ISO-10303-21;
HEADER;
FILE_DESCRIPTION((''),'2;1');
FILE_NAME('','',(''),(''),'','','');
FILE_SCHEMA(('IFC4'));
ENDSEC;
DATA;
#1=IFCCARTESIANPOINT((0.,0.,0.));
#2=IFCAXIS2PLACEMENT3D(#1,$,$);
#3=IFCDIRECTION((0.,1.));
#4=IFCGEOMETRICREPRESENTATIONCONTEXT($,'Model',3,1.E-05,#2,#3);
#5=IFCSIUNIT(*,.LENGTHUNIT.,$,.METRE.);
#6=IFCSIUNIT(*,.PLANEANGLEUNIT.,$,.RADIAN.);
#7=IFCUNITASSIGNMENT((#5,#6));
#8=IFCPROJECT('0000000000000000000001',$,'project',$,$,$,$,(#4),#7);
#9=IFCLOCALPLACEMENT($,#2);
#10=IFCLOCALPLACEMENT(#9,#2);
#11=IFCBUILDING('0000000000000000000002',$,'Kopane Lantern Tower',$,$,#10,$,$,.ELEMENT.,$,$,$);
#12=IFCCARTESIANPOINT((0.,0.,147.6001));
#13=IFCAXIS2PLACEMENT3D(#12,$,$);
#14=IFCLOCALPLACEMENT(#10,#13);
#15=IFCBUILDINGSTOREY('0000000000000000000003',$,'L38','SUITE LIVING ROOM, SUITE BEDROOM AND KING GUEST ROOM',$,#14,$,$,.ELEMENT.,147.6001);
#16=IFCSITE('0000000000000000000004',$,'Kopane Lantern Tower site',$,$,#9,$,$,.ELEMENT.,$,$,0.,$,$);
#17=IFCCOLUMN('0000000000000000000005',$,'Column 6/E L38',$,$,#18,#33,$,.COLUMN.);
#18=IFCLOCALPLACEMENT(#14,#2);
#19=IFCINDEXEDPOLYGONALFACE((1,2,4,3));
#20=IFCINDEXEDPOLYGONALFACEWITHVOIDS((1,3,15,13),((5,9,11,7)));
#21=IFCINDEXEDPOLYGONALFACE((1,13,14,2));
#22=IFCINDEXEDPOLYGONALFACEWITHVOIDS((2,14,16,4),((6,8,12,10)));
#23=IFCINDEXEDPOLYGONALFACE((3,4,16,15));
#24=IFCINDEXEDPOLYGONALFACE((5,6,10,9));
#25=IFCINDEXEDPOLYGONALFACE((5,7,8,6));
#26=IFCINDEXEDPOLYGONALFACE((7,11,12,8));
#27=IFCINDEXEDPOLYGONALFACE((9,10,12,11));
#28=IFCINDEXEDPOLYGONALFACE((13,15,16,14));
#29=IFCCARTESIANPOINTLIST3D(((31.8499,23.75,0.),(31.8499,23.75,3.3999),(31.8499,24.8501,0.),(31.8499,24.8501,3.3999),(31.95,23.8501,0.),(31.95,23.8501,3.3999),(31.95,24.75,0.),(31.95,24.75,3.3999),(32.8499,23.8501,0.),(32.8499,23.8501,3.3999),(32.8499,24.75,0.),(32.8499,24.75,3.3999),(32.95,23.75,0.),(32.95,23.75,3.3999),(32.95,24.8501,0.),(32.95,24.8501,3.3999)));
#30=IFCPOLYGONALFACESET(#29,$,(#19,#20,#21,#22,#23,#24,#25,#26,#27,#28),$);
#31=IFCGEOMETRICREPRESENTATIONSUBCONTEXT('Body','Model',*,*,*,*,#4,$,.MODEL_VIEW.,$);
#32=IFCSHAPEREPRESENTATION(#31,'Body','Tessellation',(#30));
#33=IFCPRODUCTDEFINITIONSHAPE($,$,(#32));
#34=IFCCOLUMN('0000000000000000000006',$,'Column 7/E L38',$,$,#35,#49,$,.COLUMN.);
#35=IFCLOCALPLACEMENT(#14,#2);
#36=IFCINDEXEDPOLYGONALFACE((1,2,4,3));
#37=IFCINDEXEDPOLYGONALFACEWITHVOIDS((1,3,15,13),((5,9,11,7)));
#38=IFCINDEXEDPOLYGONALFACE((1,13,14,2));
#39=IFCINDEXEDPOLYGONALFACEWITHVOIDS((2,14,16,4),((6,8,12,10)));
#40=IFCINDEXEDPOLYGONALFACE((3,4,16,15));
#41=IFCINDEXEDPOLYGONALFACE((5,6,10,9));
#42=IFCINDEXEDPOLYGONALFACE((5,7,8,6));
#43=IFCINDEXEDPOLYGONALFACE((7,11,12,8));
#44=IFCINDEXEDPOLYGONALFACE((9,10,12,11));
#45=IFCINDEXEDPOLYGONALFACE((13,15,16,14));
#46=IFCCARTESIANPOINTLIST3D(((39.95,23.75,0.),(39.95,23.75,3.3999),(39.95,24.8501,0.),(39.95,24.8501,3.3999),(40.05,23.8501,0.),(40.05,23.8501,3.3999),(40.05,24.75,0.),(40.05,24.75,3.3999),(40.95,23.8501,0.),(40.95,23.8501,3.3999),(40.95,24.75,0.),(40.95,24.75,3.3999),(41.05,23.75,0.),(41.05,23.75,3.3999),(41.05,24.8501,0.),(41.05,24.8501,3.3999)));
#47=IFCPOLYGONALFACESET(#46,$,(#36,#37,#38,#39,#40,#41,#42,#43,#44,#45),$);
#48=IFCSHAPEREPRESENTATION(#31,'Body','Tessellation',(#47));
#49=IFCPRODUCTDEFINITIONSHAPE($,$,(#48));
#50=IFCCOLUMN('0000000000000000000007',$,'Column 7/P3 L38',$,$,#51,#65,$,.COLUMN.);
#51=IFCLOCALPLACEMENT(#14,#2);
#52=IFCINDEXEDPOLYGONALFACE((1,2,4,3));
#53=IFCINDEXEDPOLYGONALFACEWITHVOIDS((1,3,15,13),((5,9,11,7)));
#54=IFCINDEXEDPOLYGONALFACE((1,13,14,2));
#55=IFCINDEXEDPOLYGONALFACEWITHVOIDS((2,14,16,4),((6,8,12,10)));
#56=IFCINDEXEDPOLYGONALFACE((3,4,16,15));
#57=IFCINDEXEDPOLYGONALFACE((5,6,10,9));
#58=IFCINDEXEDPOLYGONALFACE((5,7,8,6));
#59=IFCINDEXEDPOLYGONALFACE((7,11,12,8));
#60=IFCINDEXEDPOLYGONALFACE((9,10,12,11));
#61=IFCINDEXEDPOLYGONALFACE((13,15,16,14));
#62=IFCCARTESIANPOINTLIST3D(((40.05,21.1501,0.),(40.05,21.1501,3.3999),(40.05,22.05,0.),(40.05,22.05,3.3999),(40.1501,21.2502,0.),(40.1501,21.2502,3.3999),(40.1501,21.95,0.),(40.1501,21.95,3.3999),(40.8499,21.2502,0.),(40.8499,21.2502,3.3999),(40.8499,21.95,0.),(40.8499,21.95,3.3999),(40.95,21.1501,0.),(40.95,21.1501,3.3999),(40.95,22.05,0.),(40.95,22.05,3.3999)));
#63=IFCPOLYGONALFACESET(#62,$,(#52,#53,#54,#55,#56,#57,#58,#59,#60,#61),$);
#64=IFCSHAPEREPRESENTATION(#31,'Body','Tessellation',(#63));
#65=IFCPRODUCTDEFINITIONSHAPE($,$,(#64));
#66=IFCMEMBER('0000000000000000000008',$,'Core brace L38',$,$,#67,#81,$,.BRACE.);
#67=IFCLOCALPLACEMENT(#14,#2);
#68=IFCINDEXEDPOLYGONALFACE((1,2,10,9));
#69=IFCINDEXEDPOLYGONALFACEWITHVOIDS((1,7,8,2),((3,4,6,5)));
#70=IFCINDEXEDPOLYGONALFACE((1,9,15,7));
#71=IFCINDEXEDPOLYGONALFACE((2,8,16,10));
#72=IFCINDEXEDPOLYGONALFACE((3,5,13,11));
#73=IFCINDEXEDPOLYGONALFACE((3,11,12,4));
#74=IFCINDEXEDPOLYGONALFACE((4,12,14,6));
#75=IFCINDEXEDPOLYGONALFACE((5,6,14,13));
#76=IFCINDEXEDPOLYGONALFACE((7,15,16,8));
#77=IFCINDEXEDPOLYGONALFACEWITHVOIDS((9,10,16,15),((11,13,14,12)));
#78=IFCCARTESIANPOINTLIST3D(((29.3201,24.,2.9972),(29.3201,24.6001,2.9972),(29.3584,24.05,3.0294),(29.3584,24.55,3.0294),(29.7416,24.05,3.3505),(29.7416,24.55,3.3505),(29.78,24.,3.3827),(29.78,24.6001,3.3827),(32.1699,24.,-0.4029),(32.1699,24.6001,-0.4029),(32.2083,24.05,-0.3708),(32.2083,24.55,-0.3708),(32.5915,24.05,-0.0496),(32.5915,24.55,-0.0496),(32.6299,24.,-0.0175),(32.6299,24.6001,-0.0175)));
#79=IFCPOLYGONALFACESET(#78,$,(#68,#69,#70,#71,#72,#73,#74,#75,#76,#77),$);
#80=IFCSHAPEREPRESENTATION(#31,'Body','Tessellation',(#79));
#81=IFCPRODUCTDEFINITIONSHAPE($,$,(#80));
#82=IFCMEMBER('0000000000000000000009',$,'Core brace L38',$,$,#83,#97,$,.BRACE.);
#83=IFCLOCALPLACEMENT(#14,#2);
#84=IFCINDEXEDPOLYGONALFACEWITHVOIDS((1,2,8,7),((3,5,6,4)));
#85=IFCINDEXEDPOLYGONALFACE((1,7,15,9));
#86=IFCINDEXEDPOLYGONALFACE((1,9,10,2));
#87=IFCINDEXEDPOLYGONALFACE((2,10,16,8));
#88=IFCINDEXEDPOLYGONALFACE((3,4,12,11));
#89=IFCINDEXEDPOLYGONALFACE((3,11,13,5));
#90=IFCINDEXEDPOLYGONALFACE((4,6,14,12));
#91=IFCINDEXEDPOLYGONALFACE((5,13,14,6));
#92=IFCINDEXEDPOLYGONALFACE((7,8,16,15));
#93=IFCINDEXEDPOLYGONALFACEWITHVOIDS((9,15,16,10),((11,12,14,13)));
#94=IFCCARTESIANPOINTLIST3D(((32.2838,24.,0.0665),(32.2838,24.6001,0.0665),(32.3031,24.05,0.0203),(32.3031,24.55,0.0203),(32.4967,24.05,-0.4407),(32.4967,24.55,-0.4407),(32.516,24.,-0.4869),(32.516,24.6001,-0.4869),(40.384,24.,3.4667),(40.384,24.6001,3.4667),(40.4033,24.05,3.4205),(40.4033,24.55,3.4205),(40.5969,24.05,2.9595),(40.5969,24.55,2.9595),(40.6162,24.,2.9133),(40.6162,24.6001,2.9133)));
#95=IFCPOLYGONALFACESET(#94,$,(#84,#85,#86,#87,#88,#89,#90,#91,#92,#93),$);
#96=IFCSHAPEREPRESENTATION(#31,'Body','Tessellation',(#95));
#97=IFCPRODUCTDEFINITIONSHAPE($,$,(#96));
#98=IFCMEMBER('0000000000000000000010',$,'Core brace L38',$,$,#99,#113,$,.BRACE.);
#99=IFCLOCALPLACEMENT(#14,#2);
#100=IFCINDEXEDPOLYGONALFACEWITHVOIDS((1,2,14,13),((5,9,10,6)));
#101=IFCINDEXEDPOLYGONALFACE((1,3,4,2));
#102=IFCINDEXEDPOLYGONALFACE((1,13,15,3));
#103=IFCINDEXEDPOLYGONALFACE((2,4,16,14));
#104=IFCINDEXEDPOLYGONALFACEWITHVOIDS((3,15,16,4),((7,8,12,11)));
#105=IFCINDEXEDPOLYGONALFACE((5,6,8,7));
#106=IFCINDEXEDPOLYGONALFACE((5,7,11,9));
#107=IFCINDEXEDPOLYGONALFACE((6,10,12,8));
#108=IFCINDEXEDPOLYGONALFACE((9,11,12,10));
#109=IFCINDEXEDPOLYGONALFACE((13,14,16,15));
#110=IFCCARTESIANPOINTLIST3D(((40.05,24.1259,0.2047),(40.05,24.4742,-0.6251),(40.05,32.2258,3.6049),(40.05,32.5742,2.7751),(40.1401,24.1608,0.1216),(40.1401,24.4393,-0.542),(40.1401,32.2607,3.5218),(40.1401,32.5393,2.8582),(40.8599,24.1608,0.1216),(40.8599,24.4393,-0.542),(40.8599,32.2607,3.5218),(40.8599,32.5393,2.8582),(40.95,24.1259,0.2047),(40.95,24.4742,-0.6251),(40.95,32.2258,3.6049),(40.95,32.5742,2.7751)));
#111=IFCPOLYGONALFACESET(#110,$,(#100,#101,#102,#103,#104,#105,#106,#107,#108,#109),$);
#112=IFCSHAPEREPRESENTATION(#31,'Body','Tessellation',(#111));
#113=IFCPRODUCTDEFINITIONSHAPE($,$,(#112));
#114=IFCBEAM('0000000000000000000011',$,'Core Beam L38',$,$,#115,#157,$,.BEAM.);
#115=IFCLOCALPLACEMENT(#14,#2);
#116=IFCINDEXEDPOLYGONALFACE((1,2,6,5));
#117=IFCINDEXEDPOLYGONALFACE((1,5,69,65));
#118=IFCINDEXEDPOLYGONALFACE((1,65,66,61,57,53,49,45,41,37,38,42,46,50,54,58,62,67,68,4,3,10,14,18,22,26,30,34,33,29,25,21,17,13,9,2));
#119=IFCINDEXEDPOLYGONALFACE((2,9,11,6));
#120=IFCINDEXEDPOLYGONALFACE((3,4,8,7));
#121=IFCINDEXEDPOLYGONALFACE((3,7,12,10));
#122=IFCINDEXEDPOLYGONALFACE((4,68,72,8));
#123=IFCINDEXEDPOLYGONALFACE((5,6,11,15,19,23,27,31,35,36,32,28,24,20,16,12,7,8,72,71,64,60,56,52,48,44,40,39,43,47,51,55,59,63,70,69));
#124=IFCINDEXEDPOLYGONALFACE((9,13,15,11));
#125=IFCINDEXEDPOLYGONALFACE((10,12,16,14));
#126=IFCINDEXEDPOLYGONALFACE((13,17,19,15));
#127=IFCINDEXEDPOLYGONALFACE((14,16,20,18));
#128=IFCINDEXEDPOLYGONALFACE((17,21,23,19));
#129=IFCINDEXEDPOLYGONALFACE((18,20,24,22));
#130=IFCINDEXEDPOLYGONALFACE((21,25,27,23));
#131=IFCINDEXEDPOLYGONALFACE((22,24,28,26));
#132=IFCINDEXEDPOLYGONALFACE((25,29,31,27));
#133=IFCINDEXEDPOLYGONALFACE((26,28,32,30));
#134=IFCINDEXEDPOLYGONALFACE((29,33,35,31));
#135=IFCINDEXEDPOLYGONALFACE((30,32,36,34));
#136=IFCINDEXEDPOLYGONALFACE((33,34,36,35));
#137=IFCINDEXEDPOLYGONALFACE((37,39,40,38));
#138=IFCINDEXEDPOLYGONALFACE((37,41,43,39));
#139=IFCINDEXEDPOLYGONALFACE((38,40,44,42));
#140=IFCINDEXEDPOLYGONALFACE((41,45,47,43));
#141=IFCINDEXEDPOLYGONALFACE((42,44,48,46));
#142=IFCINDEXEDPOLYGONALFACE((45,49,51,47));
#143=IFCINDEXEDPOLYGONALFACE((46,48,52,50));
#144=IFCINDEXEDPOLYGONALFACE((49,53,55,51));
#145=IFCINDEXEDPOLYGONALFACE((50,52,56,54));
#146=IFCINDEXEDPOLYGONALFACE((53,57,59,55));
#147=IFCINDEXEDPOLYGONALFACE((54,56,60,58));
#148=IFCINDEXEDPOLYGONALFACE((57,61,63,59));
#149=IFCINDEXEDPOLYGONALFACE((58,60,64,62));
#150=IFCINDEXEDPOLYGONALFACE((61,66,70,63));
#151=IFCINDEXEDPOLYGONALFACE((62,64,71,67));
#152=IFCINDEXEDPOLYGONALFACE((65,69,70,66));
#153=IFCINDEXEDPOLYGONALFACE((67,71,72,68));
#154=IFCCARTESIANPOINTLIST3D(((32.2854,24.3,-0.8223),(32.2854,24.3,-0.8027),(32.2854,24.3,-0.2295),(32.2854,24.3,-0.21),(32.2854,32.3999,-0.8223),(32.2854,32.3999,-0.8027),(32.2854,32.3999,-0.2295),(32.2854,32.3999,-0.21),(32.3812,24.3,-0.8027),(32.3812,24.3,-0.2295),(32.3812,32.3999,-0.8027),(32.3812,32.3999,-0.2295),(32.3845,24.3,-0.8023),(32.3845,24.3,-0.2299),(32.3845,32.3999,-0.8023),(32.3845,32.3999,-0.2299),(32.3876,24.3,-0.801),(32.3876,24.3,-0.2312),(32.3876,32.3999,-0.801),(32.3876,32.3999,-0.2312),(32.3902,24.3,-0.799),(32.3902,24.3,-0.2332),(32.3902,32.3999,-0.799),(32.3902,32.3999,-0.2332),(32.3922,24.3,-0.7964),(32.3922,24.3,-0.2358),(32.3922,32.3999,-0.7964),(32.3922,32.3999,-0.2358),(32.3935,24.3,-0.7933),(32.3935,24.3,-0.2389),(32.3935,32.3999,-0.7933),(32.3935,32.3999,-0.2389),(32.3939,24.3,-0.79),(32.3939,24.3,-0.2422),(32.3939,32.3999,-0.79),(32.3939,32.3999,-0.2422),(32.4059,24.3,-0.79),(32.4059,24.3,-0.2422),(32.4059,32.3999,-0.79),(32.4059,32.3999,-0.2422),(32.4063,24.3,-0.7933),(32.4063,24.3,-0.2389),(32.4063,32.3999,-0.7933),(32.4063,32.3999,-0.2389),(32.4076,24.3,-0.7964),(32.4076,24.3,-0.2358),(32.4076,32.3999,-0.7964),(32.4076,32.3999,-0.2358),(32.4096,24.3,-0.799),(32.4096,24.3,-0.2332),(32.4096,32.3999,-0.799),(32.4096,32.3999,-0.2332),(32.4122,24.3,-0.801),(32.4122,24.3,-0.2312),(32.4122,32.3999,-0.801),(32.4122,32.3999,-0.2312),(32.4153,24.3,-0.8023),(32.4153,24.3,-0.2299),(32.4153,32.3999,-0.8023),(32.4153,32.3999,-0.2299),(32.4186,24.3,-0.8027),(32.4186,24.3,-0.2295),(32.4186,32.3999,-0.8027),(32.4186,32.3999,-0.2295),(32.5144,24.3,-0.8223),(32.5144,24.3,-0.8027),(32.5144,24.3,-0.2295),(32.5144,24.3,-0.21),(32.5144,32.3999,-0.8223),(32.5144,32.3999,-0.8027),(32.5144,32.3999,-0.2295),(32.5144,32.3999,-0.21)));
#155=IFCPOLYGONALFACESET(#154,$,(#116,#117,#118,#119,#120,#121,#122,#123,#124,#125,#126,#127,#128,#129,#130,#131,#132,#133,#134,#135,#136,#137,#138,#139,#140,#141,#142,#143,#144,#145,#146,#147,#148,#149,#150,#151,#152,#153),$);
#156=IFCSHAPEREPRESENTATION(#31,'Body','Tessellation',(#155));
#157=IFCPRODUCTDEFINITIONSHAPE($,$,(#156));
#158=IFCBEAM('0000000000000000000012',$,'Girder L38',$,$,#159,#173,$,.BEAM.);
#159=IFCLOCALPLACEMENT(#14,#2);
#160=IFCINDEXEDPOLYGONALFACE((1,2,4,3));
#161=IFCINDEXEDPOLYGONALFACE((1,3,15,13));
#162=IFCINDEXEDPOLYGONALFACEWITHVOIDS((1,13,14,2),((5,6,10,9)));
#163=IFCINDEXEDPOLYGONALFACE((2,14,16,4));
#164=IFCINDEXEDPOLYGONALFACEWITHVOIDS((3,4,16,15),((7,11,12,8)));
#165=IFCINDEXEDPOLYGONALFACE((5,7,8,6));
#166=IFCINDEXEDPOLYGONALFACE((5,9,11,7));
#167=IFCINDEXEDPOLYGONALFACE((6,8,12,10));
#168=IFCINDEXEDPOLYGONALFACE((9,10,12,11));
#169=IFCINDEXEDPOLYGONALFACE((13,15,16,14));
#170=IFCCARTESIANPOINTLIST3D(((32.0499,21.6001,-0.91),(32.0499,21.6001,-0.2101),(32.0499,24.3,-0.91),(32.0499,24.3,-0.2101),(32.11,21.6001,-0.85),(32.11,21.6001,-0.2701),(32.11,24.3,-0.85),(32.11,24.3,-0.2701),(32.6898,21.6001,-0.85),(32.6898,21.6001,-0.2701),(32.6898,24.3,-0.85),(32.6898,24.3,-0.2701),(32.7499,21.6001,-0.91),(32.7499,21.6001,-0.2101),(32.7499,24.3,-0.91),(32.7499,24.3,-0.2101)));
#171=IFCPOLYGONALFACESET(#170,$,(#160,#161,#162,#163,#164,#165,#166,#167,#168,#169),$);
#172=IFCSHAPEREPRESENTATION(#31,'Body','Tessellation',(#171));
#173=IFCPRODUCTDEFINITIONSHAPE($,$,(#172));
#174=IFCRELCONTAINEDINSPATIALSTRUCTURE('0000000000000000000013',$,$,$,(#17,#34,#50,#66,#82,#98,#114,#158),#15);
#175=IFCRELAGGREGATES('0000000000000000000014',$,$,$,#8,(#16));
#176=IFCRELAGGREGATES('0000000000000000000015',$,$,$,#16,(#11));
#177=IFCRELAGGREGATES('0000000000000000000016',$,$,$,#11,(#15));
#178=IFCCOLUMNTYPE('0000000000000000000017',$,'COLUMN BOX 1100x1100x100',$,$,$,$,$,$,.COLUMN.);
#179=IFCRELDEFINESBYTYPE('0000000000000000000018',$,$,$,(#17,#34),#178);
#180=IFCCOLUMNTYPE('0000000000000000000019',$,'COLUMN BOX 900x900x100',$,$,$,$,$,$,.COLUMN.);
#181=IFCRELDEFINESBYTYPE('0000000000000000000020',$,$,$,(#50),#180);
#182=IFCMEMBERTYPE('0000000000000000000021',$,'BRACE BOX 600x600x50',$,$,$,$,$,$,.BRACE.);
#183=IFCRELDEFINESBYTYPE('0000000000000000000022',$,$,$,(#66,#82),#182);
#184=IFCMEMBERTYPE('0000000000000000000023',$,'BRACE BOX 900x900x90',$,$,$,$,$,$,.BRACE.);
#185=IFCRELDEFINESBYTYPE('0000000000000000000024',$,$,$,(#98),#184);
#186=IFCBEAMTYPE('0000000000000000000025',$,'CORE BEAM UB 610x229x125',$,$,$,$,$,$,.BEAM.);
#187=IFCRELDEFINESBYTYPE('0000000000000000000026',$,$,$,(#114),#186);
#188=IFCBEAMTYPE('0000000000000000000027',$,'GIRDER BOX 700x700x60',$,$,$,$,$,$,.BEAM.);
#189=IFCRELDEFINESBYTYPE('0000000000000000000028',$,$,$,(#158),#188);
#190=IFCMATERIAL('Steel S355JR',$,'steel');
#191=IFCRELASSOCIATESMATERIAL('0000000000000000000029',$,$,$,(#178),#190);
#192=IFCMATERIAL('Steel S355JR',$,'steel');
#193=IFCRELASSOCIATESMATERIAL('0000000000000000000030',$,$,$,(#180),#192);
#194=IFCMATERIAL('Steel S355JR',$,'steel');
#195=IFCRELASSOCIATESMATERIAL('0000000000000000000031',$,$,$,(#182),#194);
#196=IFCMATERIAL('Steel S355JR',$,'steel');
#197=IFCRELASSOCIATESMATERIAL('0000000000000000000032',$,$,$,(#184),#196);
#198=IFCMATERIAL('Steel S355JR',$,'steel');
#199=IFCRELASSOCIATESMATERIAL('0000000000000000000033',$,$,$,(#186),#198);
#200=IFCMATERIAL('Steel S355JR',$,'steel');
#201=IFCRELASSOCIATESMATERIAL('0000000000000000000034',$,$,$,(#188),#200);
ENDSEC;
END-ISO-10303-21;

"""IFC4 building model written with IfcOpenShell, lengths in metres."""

from ifc_helpers import new_model, si_unit, direction, frame, origin, origin_2d, place, context, subcontext, project, spatial, hollow_rectangle, i_section, extrude, material, material_profile, profile_set, type_object, element, save


model = new_model("IFC4")

# Units and contexts
model_context = context("Model", 3, precision=1e-05, world=origin(), true_north=direction((0.0, 1.0)))
body_context = subcontext(model_context, "Body", "Model", "MODEL_VIEW")
ifc_project = project(units=[si_unit("LENGTHUNIT", "METRE"), si_unit("PLANEANGLEUNIT", "RADIAN")], contexts=[model_context])

# Site, building, storey
site_placement = place(None, origin())
site = spatial("IfcSite", under=ifc_project, at=site_placement, Name="Kopane Lantern Tower site", CompositionType="ELEMENT", RefElevation=0.0)
building_placement = place(site_placement, origin())
building = spatial("IfcBuilding", under=site, at=building_placement, Name="Kopane Lantern Tower", CompositionType="ELEMENT")
storey_placement = place(building_placement, frame((0.0, 0.0, 147.6001)))
storey = spatial("IfcBuildingStorey", under=building, at=storey_placement, Name="L38", Description="SUITE LIVING ROOM, SUITE BEDROOM AND KING GUEST ROOM", CompositionType="ELEMENT", Elevation=147.6001)

# Columns
ifc_material_1 = material(Name="Steel S355JR", Category="steel")
ifc_material_profile_1 = material_profile(ifc_material_1, hollow_rectangle(XDim=1.1001, YDim=1.1001, WallThickness=0.1001, at=origin_2d()), Name="BOX 1100x1100x100")
ifc_profile_set_1 = profile_set([ifc_material_profile_1], Name="Steel S355JR")
column_type_1 = type_object("IfcColumnType", Name="COLUMN BOX 1100x1100x100", PredefinedType="COLUMN", material=ifc_profile_set_1)
for number, where, z_axis, x_axis, name in (
    (1, (32.3999, 24.3, 0.0), (0.0, 0.0, 1.0), (1.0, 0.0, 0.0), "Column 6/E L38"),
    (2, (40.5, 24.3, 0.0), (0.0, 0.0, 1.0), (1.0, 0.0, 0.0), "Column 7/E L38"),
):
    element("IfcColumn", number, at=place(storey_placement, frame(where, z_axis=z_axis, x_axis=x_axis)), inside=storey, type_object=column_type_1, Name=name, PredefinedType="COLUMN", context=body_context, shape_type="SweptSolid", body=[
        extrude(hollow_rectangle(XDim=1.1001, YDim=1.1001, WallThickness=0.1001, at=origin_2d()), origin(), (0.0, 0.0, 1.0), 3.3999),
    ])
ifc_material_2 = material(Name="Steel S355JR", Category="steel")
ifc_material_profile_2 = material_profile(ifc_material_2, hollow_rectangle(XDim=0.8999, YDim=0.8999, WallThickness=0.1001, at=origin_2d()), Name="BOX 900x900x100")
ifc_profile_set_2 = profile_set([ifc_material_profile_2], Name="Steel S355JR")
column_type_2 = type_object("IfcColumnType", Name="COLUMN BOX 900x900x100", PredefinedType="COLUMN", material=ifc_profile_set_2)
column_placement = place(storey_placement, frame((40.5, 21.6001, 0.0), z_axis=(0.0, 0.0, 1.0), x_axis=(1.0, 0.0, 0.0)))
element("IfcColumn", 3, at=column_placement, inside=storey, type_object=column_type_2, Name="Column 7/P3 L38", PredefinedType="COLUMN", context=body_context, shape_type="SweptSolid", body=[
    extrude(hollow_rectangle(XDim=0.8999, YDim=0.8999, WallThickness=0.1001, at=origin_2d()), origin(), (0.0, 0.0, 1.0), 3.3999),
])

# Members
ifc_material_3 = material(Name="Steel S355JR", Category="steel")
ifc_material_profile_3 = material_profile(ifc_material_3, hollow_rectangle(XDim=0.6001, YDim=0.6001, WallThickness=0.05, at=origin_2d()), Name="BOX 600x600x50")
ifc_profile_set_3 = profile_set([ifc_material_profile_3], Name="Steel S355JR")
member_type_1 = type_object("IfcMemberType", Name="BRACE BOX 600x600x50", PredefinedType="BRACE", material=ifc_profile_set_3)
member_1_placement = place(storey_placement, frame((32.3999, 24.3, -0.2102), z_axis=(-0.642363, 0.0, 0.7664), x_axis=(0.0, -1.0, 0.0)))
element("IfcMember", 4, at=member_1_placement, inside=storey, type_object=member_type_1, Name="Core brace L38", PredefinedType="BRACE", context=body_context, shape_type="SweptSolid", body=[
    extrude(hollow_rectangle(XDim=0.6001, YDim=0.6001, WallThickness=0.05, at=origin_2d()), origin(), (0.0, 0.0, 1.0), 4.4365),
])
member_2_placement = place(storey_placement, frame((32.3999, 24.3, -0.2102), z_axis=(0.922059, 0.0, 0.387049), x_axis=(0.0, 1.0, 0.0)))
element("IfcMember", 5, at=member_2_placement, inside=storey, type_object=member_type_1, Name="Core brace L38", PredefinedType="BRACE", context=body_context, shape_type="SweptSolid", body=[
    extrude(hollow_rectangle(XDim=0.6001, YDim=0.6001, WallThickness=0.05, at=origin_2d()), origin(), (0.0, 0.0, 1.0), 8.7849),
])
ifc_material_4 = material(Name="Steel S355JR", Category="steel")
ifc_material_profile_4 = material_profile(ifc_material_4, hollow_rectangle(XDim=0.8999, YDim=0.8999, WallThickness=0.0901, at=origin_2d()), Name="BOX 900x900x90")
ifc_profile_set_4 = profile_set([ifc_material_profile_4], Name="Steel S355JR")
member_type_2 = type_object("IfcMemberType", Name="BRACE BOX 900x900x90", PredefinedType="BRACE", material=ifc_profile_set_4)
member_3_placement = place(storey_placement, frame((40.5, 24.3, -0.2102), z_axis=(0.0, 0.922055, 0.387059), x_axis=(-1.0, 0.0, 0.0)))
element("IfcMember", 6, at=member_3_placement, inside=storey, type_object=member_type_2, Name="Core brace L38", PredefinedType="BRACE", context=body_context, shape_type="SweptSolid", body=[
    extrude(hollow_rectangle(XDim=0.8999, YDim=0.8999, WallThickness=0.0901, at=origin_2d()), origin(), (0.0, 0.0, 1.0), 8.7847),
])

# Beams
ifc_material_5 = material(Name="Steel S355JR", Category="steel")
ifc_material_profile_5 = material_profile(ifc_material_5, i_section(OverallWidth=0.229, OverallDepth=0.6123, WebThickness=0.012, FlangeThickness=0.0195, FilletRadius=0.0127, at=origin_2d()), Name="UB 610x229x125")
ifc_profile_set_5 = profile_set([ifc_material_profile_5], Name="Steel S355JR")
beam_type_1 = type_object("IfcBeamType", Name="CORE BEAM UB 610x229x125", PredefinedType="BEAM", material=ifc_profile_set_5)
beam_1_placement = place(storey_placement, frame((32.3999, 24.3, -0.5161), z_axis=(0.0, 1.0, 0.0), x_axis=(-1.0, 0.0, 0.0)))
element("IfcBeam", 7, at=beam_1_placement, inside=storey, type_object=beam_type_1, Name="Core Beam L38", PredefinedType="BEAM", context=body_context, shape_type="SweptSolid", body=[
    extrude(i_section(OverallWidth=0.229, OverallDepth=0.6123, WebThickness=0.012, FlangeThickness=0.0195, FilletRadius=0.0127, at=origin_2d()), origin(), (0.0, 0.0, 1.0), 8.0999),
])
ifc_material_6 = material(Name="Steel S355JR", Category="steel")
ifc_material_profile_6 = material_profile(ifc_material_6, hollow_rectangle(XDim=0.7, YDim=0.7, WallThickness=0.0601, at=origin_2d()), Name="BOX 700x700x60")
ifc_profile_set_6 = profile_set([ifc_material_profile_6], Name="Steel S355JR")
beam_type_2 = type_object("IfcBeamType", Name="GIRDER BOX 700x700x60", PredefinedType="BEAM", material=ifc_profile_set_6)
for number, where, z_axis, x_axis, name in (
    (8, (32.3999, 21.6001, -0.5601), (0.0, 1.0, 0.0), (-1.0, 0.0, 0.0), "Girder L38"),
):
    element("IfcBeam", number, at=place(storey_placement, frame(where, z_axis=z_axis, x_axis=x_axis)), inside=storey, type_object=beam_type_2, Name=name, PredefinedType="BEAM", context=body_context, shape_type="SweptSolid", body=[
        extrude(hollow_rectangle(XDim=0.7, YDim=0.7, WallThickness=0.0601, at=origin_2d()), origin(), (0.0, 0.0, 1.0), 2.7),
    ])

save(model, "model.ifc")
